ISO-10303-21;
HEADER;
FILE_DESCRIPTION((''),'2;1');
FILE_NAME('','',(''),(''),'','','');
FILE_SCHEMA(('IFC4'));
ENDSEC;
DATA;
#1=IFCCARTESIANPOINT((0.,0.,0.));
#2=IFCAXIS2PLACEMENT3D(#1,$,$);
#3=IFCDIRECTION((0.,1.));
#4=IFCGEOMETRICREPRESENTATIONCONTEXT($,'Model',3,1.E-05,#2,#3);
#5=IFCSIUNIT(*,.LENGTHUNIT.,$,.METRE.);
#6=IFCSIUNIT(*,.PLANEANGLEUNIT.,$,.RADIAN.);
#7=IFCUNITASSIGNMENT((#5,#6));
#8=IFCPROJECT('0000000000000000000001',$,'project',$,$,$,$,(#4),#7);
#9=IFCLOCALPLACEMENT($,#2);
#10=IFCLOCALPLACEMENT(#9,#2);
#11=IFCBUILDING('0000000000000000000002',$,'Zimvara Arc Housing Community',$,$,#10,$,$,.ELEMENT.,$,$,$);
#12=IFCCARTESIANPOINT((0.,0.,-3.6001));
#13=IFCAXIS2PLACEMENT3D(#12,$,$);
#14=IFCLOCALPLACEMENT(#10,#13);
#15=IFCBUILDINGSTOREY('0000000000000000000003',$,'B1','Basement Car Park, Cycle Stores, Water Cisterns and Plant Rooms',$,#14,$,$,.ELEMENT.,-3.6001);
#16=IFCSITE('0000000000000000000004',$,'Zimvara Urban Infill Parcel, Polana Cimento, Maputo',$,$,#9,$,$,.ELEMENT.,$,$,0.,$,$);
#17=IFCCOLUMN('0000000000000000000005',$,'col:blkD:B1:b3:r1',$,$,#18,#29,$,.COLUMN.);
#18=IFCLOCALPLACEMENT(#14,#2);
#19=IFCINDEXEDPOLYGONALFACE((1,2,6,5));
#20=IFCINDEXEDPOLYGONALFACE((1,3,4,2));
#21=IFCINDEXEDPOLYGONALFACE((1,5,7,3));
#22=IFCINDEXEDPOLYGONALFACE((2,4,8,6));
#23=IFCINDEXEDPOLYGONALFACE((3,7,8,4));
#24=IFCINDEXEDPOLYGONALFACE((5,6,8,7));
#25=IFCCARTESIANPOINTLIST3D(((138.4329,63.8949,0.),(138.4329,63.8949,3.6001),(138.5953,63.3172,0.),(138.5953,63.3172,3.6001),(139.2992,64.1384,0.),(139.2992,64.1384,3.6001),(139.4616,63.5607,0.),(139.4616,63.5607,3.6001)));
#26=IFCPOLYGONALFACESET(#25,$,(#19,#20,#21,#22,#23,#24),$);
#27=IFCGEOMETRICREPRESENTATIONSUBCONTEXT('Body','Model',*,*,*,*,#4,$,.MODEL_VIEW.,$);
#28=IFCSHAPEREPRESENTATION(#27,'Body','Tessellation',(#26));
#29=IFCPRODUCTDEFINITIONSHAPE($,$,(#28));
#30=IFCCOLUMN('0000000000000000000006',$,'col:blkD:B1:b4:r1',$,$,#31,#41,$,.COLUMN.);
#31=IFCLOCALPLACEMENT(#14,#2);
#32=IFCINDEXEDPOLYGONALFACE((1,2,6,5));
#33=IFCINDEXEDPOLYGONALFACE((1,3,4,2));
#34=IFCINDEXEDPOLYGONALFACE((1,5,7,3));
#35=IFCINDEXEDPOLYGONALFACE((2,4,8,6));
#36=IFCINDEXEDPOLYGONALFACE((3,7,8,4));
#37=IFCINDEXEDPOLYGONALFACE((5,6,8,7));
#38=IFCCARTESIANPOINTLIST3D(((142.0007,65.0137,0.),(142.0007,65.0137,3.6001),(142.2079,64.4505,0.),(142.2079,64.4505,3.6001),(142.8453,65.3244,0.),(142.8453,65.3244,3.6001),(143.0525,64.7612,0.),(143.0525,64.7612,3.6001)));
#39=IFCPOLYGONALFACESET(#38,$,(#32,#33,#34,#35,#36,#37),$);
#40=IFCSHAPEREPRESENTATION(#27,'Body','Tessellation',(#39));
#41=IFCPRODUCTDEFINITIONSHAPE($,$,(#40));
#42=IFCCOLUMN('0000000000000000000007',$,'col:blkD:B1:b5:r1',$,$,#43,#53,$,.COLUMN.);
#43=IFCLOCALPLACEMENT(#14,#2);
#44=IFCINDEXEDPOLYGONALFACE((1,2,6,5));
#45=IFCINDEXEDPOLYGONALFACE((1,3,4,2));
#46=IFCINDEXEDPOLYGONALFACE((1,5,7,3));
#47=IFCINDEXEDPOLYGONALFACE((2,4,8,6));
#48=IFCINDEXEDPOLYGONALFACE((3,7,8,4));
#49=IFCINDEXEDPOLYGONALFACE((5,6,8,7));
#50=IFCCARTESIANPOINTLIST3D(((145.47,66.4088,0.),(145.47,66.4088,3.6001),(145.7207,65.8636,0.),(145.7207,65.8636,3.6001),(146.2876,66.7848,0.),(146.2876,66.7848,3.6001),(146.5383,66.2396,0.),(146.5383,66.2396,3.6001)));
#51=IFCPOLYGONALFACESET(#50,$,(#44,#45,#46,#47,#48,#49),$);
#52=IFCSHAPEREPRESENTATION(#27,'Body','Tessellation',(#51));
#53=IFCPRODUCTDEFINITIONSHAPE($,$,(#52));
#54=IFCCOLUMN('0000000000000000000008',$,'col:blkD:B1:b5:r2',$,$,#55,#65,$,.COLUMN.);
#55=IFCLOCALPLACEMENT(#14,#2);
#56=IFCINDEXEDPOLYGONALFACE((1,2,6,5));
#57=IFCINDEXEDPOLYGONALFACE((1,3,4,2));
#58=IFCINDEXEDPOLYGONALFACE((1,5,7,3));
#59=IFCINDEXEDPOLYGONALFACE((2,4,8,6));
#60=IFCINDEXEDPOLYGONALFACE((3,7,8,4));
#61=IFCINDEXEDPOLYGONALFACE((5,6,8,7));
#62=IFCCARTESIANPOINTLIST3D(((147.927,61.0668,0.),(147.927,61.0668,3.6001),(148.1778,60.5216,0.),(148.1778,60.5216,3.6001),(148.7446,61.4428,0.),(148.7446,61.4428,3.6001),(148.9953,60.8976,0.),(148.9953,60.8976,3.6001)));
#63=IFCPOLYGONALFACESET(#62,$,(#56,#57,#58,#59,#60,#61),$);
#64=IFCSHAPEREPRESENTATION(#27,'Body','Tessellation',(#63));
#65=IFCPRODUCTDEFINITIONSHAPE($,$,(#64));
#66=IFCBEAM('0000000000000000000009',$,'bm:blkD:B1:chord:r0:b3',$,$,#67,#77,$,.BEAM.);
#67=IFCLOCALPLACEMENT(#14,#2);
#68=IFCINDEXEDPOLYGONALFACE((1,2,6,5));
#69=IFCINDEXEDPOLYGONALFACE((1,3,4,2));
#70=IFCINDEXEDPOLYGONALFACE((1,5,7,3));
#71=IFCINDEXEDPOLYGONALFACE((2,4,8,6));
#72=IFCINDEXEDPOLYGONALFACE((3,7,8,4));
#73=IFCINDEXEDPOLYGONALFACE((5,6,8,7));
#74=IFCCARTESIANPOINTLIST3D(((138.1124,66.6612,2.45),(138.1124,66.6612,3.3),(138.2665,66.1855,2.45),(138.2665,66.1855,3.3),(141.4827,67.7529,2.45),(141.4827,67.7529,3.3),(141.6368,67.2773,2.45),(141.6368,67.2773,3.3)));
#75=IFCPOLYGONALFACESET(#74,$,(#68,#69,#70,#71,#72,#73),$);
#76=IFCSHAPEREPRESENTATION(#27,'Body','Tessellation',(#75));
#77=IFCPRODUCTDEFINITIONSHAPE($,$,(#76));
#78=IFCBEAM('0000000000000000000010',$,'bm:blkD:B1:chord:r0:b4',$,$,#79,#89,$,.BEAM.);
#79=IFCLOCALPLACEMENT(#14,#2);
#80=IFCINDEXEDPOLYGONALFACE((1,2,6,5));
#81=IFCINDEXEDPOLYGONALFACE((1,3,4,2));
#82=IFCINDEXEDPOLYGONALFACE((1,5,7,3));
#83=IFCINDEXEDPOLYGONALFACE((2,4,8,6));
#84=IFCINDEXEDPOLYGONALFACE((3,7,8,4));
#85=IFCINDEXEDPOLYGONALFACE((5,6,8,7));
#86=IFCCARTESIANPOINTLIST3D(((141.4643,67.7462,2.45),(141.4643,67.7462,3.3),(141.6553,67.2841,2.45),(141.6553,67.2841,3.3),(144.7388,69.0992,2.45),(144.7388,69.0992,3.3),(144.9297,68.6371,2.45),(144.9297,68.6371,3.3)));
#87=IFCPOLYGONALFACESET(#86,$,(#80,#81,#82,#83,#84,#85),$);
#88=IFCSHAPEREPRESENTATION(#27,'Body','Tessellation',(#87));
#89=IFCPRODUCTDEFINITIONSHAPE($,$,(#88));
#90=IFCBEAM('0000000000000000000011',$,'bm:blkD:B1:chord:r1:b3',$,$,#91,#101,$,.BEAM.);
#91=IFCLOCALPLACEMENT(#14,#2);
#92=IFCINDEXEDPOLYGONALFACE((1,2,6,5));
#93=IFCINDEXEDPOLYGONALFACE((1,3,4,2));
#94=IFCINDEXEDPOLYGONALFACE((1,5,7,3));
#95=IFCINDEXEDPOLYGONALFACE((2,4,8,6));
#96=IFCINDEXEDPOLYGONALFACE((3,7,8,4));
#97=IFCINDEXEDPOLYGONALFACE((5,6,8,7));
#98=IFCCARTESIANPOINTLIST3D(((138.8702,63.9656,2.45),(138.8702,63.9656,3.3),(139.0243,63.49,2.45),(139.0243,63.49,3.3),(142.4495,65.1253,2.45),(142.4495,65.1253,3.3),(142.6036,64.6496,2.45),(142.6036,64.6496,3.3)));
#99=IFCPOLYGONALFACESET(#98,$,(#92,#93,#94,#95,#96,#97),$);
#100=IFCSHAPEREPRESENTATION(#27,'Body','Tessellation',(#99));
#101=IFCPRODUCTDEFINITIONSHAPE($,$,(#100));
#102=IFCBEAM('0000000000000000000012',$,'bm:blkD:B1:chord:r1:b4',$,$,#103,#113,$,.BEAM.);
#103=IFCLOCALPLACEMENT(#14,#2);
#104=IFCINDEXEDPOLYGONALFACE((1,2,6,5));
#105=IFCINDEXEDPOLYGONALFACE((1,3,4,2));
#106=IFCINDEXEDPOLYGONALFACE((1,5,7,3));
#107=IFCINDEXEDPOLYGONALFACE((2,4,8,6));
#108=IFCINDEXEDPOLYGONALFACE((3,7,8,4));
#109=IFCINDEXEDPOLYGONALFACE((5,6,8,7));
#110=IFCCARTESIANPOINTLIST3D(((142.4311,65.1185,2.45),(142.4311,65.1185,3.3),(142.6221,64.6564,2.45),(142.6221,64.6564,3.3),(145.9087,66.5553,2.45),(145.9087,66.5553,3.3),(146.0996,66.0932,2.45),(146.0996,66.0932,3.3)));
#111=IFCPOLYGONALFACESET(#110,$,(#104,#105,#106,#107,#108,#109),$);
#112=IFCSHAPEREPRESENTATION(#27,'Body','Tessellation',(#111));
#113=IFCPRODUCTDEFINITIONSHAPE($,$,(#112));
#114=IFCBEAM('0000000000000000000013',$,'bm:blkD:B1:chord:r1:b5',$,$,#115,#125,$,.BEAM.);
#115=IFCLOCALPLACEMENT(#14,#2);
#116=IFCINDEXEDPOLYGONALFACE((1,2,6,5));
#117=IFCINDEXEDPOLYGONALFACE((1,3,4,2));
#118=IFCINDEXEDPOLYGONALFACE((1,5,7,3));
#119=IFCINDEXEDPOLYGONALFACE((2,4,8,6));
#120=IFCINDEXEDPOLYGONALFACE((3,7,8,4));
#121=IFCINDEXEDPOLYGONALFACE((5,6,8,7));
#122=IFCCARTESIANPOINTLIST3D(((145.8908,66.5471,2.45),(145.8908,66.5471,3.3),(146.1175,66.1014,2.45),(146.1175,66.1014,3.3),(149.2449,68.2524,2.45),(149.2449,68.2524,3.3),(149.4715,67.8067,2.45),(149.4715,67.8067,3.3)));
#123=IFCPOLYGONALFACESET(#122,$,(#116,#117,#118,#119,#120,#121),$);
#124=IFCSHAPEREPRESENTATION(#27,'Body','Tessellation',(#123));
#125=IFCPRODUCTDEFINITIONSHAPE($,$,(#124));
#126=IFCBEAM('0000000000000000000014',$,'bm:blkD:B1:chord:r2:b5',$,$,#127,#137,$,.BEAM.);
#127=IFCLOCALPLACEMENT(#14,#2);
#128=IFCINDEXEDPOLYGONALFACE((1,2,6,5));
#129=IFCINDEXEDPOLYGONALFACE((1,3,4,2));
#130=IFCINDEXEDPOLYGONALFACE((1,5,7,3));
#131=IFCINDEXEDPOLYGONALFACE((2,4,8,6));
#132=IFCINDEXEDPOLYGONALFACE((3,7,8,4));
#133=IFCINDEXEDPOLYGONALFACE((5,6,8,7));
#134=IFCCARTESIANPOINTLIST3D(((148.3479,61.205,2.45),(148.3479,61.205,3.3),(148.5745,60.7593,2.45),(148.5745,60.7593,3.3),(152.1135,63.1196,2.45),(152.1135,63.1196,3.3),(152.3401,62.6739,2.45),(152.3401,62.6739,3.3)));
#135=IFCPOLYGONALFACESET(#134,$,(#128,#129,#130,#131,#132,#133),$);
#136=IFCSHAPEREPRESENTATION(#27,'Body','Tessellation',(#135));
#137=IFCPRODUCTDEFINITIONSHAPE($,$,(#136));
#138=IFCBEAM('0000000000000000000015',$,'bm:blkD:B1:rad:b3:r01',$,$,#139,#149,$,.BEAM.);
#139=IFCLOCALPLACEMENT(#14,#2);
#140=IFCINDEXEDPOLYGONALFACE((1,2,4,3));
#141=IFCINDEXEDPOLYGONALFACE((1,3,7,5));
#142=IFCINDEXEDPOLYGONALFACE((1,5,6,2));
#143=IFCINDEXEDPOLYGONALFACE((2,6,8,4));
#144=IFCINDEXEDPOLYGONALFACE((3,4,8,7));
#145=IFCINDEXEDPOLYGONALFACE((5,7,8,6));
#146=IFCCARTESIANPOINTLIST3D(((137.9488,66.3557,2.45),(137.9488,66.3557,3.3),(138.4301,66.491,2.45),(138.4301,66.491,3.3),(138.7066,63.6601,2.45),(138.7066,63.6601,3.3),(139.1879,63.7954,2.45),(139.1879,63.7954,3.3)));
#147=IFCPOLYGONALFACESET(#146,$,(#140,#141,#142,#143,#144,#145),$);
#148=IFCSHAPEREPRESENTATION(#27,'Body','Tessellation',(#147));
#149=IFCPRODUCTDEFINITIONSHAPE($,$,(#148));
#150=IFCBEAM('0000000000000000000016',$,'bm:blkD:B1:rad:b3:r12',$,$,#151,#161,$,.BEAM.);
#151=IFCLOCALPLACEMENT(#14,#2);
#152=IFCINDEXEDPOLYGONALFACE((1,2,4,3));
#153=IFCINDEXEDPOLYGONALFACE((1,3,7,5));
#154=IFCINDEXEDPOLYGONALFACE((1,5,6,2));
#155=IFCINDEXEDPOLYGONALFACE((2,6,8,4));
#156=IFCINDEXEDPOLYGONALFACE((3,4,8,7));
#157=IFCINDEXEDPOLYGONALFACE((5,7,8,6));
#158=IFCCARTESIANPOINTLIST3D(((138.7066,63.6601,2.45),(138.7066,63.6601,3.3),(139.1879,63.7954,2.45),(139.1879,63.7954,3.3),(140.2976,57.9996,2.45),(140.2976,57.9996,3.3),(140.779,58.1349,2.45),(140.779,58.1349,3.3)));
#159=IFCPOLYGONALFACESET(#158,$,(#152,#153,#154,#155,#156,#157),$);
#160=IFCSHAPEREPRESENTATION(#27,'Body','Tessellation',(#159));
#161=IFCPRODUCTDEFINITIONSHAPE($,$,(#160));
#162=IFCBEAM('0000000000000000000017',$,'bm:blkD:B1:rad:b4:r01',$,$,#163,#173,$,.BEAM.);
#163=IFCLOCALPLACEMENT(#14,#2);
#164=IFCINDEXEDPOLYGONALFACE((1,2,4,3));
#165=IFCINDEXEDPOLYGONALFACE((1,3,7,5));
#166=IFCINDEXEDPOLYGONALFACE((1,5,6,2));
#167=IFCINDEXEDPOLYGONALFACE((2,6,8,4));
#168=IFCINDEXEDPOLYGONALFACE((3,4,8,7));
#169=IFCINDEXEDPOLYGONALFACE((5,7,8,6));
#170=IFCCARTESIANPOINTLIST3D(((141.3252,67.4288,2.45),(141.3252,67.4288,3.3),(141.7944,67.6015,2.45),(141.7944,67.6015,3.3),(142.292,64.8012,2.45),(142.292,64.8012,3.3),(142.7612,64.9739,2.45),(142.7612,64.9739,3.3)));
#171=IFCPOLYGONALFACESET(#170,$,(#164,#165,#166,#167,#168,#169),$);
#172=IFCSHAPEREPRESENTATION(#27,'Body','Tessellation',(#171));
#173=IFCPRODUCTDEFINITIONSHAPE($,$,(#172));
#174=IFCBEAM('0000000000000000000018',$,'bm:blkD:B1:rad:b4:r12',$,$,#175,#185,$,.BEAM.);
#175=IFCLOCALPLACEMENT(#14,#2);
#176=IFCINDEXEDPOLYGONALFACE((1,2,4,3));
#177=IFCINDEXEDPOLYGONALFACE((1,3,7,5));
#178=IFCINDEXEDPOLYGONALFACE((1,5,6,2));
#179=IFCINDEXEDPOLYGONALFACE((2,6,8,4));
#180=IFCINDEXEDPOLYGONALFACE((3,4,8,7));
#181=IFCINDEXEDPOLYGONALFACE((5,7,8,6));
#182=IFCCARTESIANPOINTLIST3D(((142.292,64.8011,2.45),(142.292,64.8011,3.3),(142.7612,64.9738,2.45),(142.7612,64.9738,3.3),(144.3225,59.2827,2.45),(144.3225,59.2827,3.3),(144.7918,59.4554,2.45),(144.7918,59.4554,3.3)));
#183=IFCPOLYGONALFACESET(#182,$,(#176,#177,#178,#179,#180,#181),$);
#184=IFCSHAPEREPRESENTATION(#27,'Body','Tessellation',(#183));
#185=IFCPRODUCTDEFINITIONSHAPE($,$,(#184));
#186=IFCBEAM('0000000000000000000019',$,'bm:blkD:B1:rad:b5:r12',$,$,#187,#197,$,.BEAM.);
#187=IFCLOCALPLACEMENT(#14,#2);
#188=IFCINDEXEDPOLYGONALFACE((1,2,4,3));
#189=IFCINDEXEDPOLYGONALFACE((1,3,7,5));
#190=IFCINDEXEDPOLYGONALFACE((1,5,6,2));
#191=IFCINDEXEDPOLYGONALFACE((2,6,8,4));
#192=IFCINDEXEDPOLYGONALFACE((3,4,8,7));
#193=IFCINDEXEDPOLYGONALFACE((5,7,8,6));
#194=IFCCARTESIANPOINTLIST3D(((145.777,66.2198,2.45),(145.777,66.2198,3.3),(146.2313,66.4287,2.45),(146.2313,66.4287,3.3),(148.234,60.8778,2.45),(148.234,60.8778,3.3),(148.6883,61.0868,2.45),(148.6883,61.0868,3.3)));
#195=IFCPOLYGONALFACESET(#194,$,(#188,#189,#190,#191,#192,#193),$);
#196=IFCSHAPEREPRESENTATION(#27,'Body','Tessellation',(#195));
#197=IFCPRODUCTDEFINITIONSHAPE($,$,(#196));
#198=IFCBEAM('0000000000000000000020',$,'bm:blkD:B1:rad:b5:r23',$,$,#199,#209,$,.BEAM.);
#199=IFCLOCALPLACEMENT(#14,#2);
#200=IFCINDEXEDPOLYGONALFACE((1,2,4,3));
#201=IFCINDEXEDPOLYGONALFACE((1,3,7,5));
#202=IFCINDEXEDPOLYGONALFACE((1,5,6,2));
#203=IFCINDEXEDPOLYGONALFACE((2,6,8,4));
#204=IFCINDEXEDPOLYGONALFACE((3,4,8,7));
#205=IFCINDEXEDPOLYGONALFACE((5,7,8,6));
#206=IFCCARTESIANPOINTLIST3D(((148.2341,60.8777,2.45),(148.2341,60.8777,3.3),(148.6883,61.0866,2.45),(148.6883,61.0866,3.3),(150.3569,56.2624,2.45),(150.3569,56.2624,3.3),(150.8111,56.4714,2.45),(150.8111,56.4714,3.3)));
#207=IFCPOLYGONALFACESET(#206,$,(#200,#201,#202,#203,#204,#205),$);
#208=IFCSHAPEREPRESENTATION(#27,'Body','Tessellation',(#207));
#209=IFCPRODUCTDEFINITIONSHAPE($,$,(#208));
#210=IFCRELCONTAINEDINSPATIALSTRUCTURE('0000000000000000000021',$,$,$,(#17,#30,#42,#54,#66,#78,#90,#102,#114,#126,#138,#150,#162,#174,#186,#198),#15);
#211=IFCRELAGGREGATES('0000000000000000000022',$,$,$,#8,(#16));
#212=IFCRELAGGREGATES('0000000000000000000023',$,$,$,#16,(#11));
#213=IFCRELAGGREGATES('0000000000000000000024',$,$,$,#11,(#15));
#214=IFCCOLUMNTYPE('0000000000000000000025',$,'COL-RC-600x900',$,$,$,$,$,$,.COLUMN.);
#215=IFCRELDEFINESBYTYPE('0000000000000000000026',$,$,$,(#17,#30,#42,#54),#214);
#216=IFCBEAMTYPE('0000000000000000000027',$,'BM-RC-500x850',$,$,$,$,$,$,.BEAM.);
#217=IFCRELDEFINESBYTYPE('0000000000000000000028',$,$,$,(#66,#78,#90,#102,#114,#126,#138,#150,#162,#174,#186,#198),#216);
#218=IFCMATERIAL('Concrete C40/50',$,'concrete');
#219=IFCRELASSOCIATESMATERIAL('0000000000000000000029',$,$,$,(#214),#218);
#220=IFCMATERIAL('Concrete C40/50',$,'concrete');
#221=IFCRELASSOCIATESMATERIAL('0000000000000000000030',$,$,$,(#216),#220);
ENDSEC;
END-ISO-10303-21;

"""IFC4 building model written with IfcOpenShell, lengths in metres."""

from ifc_helpers import new_model, si_unit, direction, frame, origin, origin_2d, place, context, subcontext, project, spatial, rectangle, extrude, material, material_profile, profile_set, type_object, element, save


model = new_model("IFC4")

# Units and contexts
model_context = context("Model", 3, precision=1e-05, world=origin(), true_north=direction((0.0, 1.0)))
body_context = subcontext(model_context, "Body", "Model", "MODEL_VIEW")
ifc_project = project(units=[si_unit("LENGTHUNIT", "METRE"), si_unit("PLANEANGLEUNIT", "RADIAN")], contexts=[model_context])

# Site, building, storey
site_placement = place(None, origin())
site = spatial("IfcSite", under=ifc_project, at=site_placement, Name="Zimvara Urban Infill Parcel, Polana Cimento, Maputo", CompositionType="ELEMENT", RefElevation=0.0)
building_placement = place(site_placement, origin())
building = spatial("IfcBuilding", under=site, at=building_placement, Name="Zimvara Arc Housing Community", CompositionType="ELEMENT")
storey_placement = place(building_placement, frame((0.0, 0.0, -3.6001)))
storey = spatial("IfcBuildingStorey", under=building, at=storey_placement, Name="B1", Description="Basement Car Park, Cycle Stores, Water Cisterns and Plant Rooms", CompositionType="ELEMENT", Elevation=-3.6001)

# Columns
ifc_material_1 = material(Name="Concrete C40/50", Category="concrete")
ifc_material_profile_1 = material_profile(ifc_material_1, rectangle(XDim=0.6001, YDim=0.8999, at=origin_2d()), Name="RC 600x900")
ifc_profile_set_1 = profile_set([ifc_material_profile_1], Name="Concrete C40/50")
column_type_1 = type_object("IfcColumnType", Name="COL-RC-600x900", PredefinedType="COLUMN", material=ifc_profile_set_1)
for number, where, z_axis, x_axis, name in (
    (1, (138.9473, 63.7278, 0.0), (0.0, 0.0, 1.0), (0.2706, -0.962692, 0.0), "col:blkD:B1:b3:r1"),
    (2, (142.5266, 64.8875, 0.0), (0.0, 0.0, 1.0), (0.345298, -0.938493, 0.0), "col:blkD:B1:b4:r1"),
    (3, (146.0042, 66.3242, 0.0), (0.0, 0.0, 1.0), (0.417867, -0.908508, 0.0), "col:blkD:B1:b5:r1"),
    (4, (148.4612, 60.9822, 0.0), (0.0, 0.0, 1.0), (0.417867, -0.908508, 0.0), "col:blkD:B1:b5:r2"),
):
    element("IfcColumn", number, at=place(storey_placement, frame(where, z_axis=z_axis, x_axis=x_axis)), inside=storey, type_object=column_type_1, Name=name, PredefinedType="COLUMN", context=body_context, shape_type="SweptSolid", body=[
        extrude(rectangle(XDim=0.6001, YDim=0.8999, at=origin_2d()), origin(), (0.0, 0.0, 1.0), 3.6001),
    ])

# Beams
ifc_material_2 = material(Name="Concrete C40/50", Category="concrete")
ifc_material_profile_2 = material_profile(ifc_material_2, rectangle(XDim=0.5, YDim=0.8501, at=origin_2d()), Name="RC 500x850")
ifc_profile_set_2 = profile_set([ifc_material_profile_2], Name="Concrete C40/50")
beam_type = type_object("IfcBeamType", Name="BM-RC-500x850", PredefinedType="BEAM", material=ifc_profile_set_2)
beam_1_placement = place(storey_placement, frame((138.1895, 66.4233, 2.875), z_axis=(0.95133, 0.308174, 0.0), x_axis=(-0.308174, 0.95133, 0.0)))
element("IfcBeam", 5, at=beam_1_placement, inside=storey, type_object=beam_type, Name="bm:blkD:B1:chord:r0:b3", PredefinedType="BEAM", context=body_context, shape_type="SweptSolid", body=[
    extrude(rectangle(XDim=0.5, YDim=0.8501, at=origin_2d()), origin(), (0.0, 0.0, 1.0), 3.5427),
])
beam_2_placement = place(storey_placement, frame((141.5598, 67.5151, 2.875), z_axis=(0.924206, 0.381893, 0.0), x_axis=(-0.381893, 0.924206, 0.0)))
element("IfcBeam", 6, at=beam_2_placement, inside=storey, type_object=beam_type, Name="bm:blkD:B1:chord:r0:b4", PredefinedType="BEAM", context=body_context, shape_type="SweptSolid", body=[
    extrude(rectangle(XDim=0.5, YDim=0.8501, at=origin_2d()), origin(), (0.0, 0.0, 1.0), 3.543),
])
beam_3_placement = place(storey_placement, frame((138.9473, 63.7278, 2.875), z_axis=(0.951316, 0.308216, 0.0), x_axis=(-0.308216, 0.951316, 0.0)))
element("IfcBeam", 7, at=beam_3_placement, inside=storey, type_object=beam_type, Name="bm:blkD:B1:chord:r1:b3", PredefinedType="BEAM", context=body_context, shape_type="SweptSolid", body=[
    extrude(rectangle(XDim=0.5, YDim=0.8501, at=origin_2d()), origin(), (0.0, 0.0, 1.0), 3.7625),
])
for number, where, z_axis, x_axis, name in (
    (8, (142.5266, 64.8875, 2.875), (0.924225, 0.381849, 0.0), (-0.381849, 0.924225, 0.0), "bm:blkD:B1:chord:r1:b4"),
    (9, (146.0042, 66.3242, 2.875), (0.891396, 0.453225, 0.0), (-0.453225, 0.891396, 0.0), "bm:blkD:B1:chord:r1:b5"),
):
    element("IfcBeam", number, at=place(storey_placement, frame(where, z_axis=z_axis, x_axis=x_axis)), inside=storey, type_object=beam_type, Name=name, PredefinedType="BEAM", context=body_context, shape_type="SweptSolid", body=[
        extrude(rectangle(XDim=0.5, YDim=0.8501, at=origin_2d()), origin(), (0.0, 0.0, 1.0), 3.7627),
    ])
beam_4_placement = place(storey_placement, frame((148.4612, 60.9822, 2.875), z_axis=(0.891402, 0.453214, 0.0), x_axis=(-0.453214, 0.891402, 0.0)))
element("IfcBeam", 10, at=beam_4_placement, inside=storey, type_object=beam_type, Name="bm:blkD:B1:chord:r2:b5", PredefinedType="BEAM", context=body_context, shape_type="SweptSolid", body=[
    extrude(rectangle(XDim=0.5, YDim=0.8501, at=origin_2d()), origin(), (0.0, 0.0, 1.0), 4.2244),
])
beam_5_placement = place(storey_placement, frame((138.1895, 66.4233, 2.875), z_axis=(0.270642, -0.96268, 0.0), x_axis=(0.96268, 0.270642, 0.0)))
element("IfcBeam", 11, at=beam_5_placement, inside=storey, type_object=beam_type, Name="bm:blkD:B1:rad:b3:r01", PredefinedType="BEAM", context=body_context, shape_type="SweptSolid", body=[
    extrude(rectangle(XDim=0.5, YDim=0.8501, at=origin_2d()), origin(), (0.0, 0.0, 1.0), 2.8),
])
beam_6_placement = place(storey_placement, frame((138.9473, 63.7278, 2.875), z_axis=(0.270589, -0.962695, 0.0), x_axis=(0.962695, 0.270589, 0.0)))
element("IfcBeam", 12, at=beam_6_placement, inside=storey, type_object=beam_type, Name="bm:blkD:B1:rad:b3:r12", PredefinedType="BEAM", context=body_context, shape_type="SweptSolid", body=[
    extrude(rectangle(XDim=0.5, YDim=0.8501, at=origin_2d()), origin(), (0.0, 0.0, 1.0), 5.8799),
])
beam_7_placement = place(storey_placement, frame((141.5598, 67.5151, 2.875), z_axis=(0.345297, -0.938493, 0.0), x_axis=(0.938493, 0.345297, 0.0)))
element("IfcBeam", 13, at=beam_7_placement, inside=storey, type_object=beam_type, Name="bm:blkD:B1:rad:b4:r01", PredefinedType="BEAM", context=body_context, shape_type="SweptSolid", body=[
    extrude(rectangle(XDim=0.5, YDim=0.8501, at=origin_2d()), origin(), (0.0, 0.0, 1.0), 2.7998),
])
beam_8_placement = place(storey_placement, frame((142.5266, 64.8875, 2.875), z_axis=(0.345324, -0.938483, 0.0), x_axis=(0.938483, 0.345324, 0.0)))
element("IfcBeam", 14, at=beam_8_placement, inside=storey, type_object=beam_type, Name="bm:blkD:B1:rad:b4:r12", PredefinedType="BEAM", context=body_context, shape_type="SweptSolid", body=[
    extrude(rectangle(XDim=0.5, YDim=0.8501, at=origin_2d()), origin(), (0.0, 0.0, 1.0), 5.8801),
])
beam_9_placement = place(storey_placement, frame((146.0042, 66.3242, 2.875), z_axis=(0.417862, -0.90851, 0.0), x_axis=(0.90851, 0.417862, 0.0)))
element("IfcBeam", 15, at=beam_9_placement, inside=storey, type_object=beam_type, Name="bm:blkD:B1:rad:b5:r12", PredefinedType="BEAM", context=body_context, shape_type="SweptSolid", body=[
    extrude(rectangle(XDim=0.5, YDim=0.8501, at=origin_2d()), origin(), (0.0, 0.0, 1.0), 5.8799),
])
beam_10_placement = place(storey_placement, frame((148.4612, 60.9822, 2.875), z_axis=(0.417872, -0.908506, 0.0), x_axis=(0.908506, 0.417872, 0.0)))
element("IfcBeam", 16, at=beam_10_placement, inside=storey, type_object=beam_type, Name="bm:blkD:B1:rad:b5:r23", PredefinedType="BEAM", context=body_context, shape_type="SweptSolid", body=[
    extrude(rectangle(XDim=0.5, YDim=0.8501, at=origin_2d()), origin(), (0.0, 0.0, 1.0), 5.0801),
])

save(model, "model.ifc")
